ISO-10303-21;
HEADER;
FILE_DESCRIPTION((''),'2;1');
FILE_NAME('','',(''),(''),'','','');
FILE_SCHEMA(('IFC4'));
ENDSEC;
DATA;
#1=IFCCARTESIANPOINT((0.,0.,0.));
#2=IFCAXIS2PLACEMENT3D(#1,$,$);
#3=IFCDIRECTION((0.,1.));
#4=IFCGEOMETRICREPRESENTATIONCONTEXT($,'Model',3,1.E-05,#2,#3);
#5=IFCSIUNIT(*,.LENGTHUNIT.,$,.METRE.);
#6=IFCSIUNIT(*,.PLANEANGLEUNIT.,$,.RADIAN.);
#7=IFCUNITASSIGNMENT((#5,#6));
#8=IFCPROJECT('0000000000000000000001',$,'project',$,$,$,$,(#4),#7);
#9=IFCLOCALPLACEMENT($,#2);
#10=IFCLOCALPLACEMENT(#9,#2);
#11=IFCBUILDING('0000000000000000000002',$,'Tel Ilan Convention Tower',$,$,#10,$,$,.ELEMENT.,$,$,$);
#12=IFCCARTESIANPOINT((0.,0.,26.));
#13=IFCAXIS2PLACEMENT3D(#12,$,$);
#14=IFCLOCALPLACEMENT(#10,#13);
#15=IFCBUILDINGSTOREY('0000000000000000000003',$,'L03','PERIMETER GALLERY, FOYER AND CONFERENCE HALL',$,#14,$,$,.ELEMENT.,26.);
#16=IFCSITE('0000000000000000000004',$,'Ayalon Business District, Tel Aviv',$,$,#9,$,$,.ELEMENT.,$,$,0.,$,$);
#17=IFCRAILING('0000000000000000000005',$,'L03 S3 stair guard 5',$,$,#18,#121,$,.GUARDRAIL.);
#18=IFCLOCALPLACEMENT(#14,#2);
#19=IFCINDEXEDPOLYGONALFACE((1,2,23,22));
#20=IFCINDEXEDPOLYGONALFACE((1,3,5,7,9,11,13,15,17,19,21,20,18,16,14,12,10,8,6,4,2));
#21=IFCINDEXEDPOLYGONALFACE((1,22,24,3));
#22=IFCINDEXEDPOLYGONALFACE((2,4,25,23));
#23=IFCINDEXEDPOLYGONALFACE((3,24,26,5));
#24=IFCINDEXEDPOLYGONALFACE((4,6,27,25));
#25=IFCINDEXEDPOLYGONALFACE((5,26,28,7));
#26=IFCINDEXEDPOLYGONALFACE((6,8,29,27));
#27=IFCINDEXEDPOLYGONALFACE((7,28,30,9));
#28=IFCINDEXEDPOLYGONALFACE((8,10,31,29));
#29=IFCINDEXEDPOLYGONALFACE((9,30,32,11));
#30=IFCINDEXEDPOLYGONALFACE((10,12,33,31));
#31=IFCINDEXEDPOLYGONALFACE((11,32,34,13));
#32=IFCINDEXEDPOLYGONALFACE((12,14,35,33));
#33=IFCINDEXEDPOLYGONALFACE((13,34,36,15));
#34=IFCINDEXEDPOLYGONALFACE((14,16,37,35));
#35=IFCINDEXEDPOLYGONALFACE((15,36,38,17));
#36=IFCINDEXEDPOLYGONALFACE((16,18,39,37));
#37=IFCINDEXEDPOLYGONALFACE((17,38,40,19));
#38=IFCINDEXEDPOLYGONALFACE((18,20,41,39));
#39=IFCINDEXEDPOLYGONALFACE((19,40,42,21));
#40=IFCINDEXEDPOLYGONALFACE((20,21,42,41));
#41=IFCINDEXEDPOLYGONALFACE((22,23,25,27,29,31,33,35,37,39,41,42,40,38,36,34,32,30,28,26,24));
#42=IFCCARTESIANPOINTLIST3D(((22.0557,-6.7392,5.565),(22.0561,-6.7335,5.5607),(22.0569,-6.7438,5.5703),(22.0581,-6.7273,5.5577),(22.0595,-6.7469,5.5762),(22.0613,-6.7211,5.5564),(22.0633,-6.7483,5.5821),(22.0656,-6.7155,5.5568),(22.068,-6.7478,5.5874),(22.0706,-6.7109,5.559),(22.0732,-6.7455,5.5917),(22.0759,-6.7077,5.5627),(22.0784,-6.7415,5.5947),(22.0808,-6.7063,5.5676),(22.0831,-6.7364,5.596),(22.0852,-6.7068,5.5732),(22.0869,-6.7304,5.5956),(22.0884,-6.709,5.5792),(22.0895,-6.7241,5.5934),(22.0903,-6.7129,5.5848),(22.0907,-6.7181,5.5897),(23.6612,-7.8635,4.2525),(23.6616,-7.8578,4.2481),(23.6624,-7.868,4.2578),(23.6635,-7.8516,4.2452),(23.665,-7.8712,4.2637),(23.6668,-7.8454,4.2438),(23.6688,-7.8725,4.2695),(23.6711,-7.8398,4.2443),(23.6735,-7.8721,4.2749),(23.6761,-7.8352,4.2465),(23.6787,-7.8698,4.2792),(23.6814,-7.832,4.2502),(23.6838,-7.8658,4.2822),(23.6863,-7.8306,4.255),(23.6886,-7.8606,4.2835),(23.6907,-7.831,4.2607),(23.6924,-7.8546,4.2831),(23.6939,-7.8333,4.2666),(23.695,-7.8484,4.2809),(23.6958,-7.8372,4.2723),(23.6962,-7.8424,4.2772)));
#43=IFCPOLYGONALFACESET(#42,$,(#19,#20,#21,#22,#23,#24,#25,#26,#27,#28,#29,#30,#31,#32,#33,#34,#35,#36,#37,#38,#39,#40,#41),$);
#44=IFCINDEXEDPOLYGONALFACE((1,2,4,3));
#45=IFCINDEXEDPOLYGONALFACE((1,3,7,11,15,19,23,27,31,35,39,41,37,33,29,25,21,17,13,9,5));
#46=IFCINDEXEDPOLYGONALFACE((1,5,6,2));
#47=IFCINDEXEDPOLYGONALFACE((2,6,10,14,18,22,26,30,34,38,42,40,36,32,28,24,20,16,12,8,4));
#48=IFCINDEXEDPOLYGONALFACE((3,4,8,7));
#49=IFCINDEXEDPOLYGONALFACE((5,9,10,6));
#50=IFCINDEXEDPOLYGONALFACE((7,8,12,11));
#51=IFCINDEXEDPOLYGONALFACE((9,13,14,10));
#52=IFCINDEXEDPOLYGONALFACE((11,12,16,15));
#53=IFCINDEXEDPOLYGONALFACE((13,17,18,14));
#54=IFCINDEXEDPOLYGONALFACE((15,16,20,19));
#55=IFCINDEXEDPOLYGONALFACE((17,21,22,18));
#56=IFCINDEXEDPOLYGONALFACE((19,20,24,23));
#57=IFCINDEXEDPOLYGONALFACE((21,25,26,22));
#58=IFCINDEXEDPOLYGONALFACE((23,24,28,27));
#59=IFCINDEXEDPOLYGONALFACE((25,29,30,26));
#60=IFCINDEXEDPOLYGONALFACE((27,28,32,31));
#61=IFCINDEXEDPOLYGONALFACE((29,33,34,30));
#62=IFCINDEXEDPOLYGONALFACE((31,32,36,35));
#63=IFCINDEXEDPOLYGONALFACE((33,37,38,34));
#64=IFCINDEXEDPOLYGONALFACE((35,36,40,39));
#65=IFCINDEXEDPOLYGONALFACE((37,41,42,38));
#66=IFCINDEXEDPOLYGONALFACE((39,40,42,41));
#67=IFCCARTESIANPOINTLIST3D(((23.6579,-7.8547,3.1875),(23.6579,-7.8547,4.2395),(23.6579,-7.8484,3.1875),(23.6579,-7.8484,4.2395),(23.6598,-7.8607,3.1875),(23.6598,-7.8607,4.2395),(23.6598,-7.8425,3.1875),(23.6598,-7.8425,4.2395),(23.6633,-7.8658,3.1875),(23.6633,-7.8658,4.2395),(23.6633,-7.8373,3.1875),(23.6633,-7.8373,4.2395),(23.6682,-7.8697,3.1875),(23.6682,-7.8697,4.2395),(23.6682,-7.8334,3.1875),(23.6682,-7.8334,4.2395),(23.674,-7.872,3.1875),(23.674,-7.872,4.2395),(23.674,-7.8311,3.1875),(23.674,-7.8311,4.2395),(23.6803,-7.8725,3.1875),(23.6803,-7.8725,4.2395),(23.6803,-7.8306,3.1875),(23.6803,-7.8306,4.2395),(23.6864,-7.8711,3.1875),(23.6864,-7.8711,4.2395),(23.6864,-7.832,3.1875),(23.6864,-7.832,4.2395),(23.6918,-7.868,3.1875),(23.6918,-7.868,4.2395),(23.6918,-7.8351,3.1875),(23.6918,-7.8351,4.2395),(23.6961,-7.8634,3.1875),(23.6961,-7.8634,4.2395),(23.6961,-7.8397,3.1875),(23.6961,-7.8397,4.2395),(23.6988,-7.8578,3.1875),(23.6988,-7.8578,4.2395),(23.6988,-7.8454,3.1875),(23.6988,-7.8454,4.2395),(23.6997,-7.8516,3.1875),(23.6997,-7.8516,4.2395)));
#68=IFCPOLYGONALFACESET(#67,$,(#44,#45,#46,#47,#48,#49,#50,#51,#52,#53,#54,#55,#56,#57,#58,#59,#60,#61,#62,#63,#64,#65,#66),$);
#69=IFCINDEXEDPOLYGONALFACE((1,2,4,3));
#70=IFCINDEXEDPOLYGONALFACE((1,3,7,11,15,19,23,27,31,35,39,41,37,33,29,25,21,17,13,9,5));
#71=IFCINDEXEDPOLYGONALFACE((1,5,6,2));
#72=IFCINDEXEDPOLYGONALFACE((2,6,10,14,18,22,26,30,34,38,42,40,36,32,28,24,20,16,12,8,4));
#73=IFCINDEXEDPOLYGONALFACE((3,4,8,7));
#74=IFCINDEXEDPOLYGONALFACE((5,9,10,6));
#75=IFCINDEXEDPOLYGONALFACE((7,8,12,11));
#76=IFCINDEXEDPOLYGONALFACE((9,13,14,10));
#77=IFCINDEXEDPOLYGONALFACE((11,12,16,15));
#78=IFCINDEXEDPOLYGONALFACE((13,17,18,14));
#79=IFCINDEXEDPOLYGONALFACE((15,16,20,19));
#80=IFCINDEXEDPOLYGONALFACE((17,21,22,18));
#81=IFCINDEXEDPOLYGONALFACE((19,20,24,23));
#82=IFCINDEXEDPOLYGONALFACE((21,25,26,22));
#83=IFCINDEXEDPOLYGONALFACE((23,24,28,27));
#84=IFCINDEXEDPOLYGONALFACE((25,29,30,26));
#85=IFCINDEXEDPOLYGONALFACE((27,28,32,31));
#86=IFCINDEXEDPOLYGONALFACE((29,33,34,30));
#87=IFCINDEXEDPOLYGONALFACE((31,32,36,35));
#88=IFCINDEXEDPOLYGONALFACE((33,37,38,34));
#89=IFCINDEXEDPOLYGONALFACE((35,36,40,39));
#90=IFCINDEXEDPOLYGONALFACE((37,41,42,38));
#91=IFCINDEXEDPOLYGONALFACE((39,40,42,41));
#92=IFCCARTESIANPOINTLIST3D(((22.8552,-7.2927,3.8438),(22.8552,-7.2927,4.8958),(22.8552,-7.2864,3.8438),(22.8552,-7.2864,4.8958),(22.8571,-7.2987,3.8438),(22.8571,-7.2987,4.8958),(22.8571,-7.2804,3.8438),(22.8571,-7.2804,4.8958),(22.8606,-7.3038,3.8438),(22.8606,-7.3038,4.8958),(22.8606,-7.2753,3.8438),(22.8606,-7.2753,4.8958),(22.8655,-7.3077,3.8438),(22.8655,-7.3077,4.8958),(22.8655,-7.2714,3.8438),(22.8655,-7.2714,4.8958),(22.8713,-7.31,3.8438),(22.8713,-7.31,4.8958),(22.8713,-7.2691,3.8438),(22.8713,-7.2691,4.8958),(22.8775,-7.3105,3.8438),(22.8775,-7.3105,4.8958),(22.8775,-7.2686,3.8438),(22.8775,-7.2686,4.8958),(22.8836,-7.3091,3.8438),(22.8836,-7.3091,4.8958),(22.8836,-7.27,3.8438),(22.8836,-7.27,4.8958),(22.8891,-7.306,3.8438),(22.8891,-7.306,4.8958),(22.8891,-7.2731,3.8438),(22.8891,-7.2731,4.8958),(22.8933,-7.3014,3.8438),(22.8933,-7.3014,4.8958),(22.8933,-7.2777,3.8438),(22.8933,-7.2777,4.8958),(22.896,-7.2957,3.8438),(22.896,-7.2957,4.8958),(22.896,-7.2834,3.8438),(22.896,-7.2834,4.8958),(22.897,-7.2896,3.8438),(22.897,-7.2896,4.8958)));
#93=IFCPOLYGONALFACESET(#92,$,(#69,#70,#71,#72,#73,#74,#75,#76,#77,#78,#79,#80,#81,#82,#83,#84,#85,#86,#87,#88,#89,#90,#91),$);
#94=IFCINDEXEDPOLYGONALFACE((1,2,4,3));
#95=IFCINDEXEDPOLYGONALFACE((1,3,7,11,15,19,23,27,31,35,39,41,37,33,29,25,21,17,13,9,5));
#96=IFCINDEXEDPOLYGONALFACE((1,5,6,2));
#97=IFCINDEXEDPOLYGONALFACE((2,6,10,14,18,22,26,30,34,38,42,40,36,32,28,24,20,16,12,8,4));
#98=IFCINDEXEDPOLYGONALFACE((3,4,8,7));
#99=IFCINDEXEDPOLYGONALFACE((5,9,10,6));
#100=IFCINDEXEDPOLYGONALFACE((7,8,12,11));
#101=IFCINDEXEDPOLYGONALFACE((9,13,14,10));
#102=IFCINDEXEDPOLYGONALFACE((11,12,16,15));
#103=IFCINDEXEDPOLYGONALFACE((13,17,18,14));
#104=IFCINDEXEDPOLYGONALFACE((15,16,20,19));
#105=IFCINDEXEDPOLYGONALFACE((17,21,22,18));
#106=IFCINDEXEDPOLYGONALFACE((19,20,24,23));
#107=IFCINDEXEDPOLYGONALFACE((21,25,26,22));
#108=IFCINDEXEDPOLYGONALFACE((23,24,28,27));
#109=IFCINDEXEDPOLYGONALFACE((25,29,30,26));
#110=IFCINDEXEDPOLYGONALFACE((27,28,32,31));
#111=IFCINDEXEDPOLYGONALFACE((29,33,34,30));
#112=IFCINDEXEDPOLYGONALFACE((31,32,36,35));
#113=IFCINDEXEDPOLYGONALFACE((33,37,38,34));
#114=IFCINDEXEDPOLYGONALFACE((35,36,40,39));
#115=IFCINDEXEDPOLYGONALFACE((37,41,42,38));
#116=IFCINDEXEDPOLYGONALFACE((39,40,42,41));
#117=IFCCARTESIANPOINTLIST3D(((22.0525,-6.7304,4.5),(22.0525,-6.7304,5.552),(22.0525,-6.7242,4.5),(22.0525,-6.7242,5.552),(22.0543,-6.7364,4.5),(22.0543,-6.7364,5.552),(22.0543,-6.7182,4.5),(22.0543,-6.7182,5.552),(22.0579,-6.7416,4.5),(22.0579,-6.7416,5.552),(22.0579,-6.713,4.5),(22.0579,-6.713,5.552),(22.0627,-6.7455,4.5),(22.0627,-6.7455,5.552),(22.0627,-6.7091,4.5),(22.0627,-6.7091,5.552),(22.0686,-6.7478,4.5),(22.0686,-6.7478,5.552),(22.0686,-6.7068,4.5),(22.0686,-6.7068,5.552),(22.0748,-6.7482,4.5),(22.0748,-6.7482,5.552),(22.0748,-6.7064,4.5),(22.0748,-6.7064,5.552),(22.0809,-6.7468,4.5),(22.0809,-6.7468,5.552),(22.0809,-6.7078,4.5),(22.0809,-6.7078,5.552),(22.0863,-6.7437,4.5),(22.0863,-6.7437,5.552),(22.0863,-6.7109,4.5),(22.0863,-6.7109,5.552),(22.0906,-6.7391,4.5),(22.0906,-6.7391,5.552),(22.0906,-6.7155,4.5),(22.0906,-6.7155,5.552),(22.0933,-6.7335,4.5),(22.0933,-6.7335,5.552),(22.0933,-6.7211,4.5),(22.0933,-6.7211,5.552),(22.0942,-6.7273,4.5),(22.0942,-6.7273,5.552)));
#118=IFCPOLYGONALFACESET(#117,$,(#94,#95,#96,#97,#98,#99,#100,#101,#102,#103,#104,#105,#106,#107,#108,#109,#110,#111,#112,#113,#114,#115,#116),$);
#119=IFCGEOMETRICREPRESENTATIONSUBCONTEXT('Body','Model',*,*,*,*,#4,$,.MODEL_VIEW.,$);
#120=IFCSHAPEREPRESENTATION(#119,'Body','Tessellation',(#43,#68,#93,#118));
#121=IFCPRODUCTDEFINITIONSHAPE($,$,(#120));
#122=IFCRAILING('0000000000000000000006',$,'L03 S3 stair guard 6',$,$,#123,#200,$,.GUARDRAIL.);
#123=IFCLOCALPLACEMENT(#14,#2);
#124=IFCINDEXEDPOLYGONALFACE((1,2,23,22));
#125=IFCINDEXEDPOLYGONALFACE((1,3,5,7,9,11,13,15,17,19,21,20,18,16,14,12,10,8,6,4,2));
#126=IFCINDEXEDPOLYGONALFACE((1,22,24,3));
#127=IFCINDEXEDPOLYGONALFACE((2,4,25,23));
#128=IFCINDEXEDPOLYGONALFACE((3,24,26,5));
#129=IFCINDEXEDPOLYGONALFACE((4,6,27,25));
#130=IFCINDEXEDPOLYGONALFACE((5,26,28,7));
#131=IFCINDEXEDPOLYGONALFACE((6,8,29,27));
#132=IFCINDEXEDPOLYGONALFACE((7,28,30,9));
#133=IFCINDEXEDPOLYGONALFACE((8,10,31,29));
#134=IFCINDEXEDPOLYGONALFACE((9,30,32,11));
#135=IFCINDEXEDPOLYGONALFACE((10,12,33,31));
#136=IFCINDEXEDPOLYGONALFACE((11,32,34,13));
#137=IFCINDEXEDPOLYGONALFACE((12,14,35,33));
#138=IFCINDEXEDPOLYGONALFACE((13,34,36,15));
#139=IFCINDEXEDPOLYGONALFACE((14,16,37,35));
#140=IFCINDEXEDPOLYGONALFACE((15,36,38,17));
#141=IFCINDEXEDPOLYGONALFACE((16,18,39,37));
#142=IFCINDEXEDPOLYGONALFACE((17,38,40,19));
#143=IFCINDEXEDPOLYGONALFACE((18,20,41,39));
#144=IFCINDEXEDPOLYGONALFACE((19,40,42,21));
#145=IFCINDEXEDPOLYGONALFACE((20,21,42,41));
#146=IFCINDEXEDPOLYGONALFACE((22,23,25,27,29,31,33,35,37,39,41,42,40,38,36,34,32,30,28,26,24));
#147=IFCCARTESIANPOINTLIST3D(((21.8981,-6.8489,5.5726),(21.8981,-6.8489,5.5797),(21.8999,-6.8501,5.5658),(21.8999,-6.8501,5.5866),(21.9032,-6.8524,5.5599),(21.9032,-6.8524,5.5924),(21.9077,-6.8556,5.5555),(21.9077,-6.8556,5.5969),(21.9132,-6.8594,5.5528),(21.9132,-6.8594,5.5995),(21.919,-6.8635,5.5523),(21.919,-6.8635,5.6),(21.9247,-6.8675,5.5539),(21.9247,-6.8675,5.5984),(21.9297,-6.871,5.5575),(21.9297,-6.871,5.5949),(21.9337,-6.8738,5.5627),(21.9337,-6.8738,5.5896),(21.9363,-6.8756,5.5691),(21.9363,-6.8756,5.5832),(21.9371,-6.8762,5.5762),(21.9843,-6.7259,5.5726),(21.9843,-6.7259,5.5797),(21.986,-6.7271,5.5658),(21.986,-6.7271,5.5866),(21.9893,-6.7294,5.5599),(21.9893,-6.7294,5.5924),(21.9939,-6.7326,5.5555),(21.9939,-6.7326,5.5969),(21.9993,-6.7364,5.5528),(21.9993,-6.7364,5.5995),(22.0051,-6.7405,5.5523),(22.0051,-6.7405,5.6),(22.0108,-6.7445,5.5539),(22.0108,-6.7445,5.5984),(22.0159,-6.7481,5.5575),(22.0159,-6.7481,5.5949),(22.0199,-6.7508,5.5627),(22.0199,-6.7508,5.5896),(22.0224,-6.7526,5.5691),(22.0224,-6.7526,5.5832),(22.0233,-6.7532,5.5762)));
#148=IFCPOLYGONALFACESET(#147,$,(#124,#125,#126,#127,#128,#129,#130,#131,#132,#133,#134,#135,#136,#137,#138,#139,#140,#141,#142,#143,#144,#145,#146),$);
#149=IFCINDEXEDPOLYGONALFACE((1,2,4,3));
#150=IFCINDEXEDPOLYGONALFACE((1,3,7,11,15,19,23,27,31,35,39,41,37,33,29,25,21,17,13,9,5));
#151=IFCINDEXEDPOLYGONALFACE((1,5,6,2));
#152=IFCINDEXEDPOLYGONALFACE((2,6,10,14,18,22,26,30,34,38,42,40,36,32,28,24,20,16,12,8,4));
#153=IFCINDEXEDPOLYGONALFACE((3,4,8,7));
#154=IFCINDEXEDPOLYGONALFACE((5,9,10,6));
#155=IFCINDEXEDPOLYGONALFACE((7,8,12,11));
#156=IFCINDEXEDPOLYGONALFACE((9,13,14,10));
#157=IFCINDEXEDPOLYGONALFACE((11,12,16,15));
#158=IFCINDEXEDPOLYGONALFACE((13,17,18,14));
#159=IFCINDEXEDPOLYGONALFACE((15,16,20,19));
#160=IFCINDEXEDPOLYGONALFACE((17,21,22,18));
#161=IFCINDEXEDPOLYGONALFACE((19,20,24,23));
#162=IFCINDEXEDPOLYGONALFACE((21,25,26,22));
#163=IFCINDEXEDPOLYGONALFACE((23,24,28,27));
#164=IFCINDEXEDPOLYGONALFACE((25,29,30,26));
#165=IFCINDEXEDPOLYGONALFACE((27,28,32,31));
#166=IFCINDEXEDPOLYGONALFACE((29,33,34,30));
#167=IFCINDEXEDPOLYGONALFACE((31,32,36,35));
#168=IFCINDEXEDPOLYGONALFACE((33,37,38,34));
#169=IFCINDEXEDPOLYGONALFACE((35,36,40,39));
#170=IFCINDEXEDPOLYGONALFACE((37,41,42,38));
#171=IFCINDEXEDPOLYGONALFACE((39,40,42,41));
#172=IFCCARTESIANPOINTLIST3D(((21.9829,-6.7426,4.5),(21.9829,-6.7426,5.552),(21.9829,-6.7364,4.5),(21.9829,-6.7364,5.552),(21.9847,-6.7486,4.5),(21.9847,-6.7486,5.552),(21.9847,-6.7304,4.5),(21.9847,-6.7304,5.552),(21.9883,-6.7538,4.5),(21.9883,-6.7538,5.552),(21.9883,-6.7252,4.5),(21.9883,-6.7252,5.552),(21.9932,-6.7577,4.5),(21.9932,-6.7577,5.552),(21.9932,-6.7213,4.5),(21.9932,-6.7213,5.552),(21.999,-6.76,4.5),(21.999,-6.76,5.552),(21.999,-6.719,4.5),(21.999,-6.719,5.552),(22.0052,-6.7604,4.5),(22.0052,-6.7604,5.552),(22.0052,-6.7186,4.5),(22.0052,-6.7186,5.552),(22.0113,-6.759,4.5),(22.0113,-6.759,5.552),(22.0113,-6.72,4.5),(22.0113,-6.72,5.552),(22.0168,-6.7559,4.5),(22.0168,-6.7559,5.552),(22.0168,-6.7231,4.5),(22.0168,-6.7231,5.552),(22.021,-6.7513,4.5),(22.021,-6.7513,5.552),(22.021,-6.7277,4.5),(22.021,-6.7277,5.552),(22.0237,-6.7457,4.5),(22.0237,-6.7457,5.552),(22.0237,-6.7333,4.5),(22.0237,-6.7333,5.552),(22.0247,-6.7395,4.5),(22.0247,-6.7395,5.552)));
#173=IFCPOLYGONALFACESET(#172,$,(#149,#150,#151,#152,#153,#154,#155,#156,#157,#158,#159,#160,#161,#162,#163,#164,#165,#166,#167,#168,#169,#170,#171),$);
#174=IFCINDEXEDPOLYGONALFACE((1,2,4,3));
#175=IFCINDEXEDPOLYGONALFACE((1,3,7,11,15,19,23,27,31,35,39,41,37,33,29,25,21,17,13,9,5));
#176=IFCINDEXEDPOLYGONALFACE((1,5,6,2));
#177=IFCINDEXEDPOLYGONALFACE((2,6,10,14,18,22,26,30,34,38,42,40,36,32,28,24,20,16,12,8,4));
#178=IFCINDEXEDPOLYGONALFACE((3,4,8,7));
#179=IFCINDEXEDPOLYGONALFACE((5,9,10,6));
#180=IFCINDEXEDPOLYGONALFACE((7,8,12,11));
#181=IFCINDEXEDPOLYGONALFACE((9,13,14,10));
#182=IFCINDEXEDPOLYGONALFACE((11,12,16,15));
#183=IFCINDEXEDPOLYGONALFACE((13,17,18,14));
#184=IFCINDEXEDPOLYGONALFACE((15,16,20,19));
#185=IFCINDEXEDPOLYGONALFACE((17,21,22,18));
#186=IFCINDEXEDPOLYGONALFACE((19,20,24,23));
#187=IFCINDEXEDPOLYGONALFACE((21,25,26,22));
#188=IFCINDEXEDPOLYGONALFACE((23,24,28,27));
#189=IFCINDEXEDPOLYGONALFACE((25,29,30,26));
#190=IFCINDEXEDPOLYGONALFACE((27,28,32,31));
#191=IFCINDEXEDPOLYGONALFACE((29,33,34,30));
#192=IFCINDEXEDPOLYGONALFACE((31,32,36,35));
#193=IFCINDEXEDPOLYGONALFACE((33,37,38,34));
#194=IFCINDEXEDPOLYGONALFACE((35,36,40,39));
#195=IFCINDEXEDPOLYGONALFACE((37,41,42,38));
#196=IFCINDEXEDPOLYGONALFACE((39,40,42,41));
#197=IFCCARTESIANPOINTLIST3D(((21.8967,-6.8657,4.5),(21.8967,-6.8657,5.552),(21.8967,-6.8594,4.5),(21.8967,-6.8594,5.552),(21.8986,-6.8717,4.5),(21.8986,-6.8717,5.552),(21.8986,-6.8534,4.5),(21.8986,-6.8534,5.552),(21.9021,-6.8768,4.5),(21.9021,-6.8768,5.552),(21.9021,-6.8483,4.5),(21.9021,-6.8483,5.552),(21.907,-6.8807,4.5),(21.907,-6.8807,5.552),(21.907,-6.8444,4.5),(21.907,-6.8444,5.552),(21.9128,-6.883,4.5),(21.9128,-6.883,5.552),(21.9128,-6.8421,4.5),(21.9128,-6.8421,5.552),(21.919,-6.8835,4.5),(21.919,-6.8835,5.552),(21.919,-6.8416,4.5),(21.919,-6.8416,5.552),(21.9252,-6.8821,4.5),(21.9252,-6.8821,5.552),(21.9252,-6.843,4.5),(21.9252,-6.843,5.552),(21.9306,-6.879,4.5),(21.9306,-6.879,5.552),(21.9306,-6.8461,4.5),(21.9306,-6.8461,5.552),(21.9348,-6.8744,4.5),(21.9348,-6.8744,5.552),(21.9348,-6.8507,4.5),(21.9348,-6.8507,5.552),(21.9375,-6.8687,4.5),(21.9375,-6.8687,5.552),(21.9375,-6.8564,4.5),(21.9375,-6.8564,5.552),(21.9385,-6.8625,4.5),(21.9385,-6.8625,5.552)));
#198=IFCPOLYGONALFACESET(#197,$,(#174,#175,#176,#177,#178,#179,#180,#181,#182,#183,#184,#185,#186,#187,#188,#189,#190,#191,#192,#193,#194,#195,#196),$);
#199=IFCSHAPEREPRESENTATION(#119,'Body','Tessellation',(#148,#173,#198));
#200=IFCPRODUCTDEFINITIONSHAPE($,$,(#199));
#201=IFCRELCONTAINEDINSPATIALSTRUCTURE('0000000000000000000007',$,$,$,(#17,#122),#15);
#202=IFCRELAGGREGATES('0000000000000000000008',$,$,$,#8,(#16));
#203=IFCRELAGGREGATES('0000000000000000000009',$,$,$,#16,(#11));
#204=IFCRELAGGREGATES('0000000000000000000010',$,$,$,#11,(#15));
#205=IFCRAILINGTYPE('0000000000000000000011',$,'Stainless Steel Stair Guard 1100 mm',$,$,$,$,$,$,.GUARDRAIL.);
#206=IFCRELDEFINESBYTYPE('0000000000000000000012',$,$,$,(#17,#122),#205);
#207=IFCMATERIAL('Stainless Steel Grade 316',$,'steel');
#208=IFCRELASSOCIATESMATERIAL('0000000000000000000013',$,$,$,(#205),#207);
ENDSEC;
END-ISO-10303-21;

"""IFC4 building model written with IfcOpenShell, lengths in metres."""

from ifc_helpers import new_model, si_unit, direction, frame, origin, origin_2d, place, context, subcontext, project, spatial, circle, extrude, material, type_object, element, save


model = new_model("IFC4")

# Units and contexts
model_context = context("Model", 3, precision=1e-05, world=origin(), true_north=direction((0.0, 1.0)))
body_context = subcontext(model_context, "Body", "Model", "MODEL_VIEW")
ifc_project = project(units=[si_unit("LENGTHUNIT", "METRE"), si_unit("PLANEANGLEUNIT", "RADIAN")], contexts=[model_context])

# Site, building, storey
site_placement = place(None, origin())
site = spatial("IfcSite", under=ifc_project, at=site_placement, Name="Ayalon Business District, Tel Aviv", CompositionType="ELEMENT", RefElevation=0.0)
building_placement = place(site_placement, origin())
building = spatial("IfcBuilding", under=site, at=building_placement, Name="Tel Ilan Convention Tower", CompositionType="ELEMENT")
storey_placement = place(building_placement, frame((0.0, 0.0, 26.0)))
storey = spatial("IfcBuildingStorey", under=building, at=storey_placement, Name="L03", Description="PERIMETER GALLERY, FOYER AND CONFERENCE HALL", CompositionType="ELEMENT", Elevation=26.0)

# Railings
ifc_material_1 = material(Name="Stainless Steel Grade 316", Category="steel")
railing_type_1 = type_object("IfcRailingType", Name="Stainless Steel Stair Guard 1100 mm", PredefinedType="GUARDRAIL", material=ifc_material_1)
railing_1_placement = place(storey_placement, frame((23.6787, -7.8516, 3.1875)))
element("IfcRailing", 1, at=railing_1_placement, inside=storey, type_object=railing_type_1, Name="L03 S3 stair guard 5", PredefinedType="GUARDRAIL", context=body_context, shape_type="SweptSolid", body=[
    extrude(circle(Radius=0.0239, at=origin_2d()), frame((0.0, 0.0, 1.0762), z_axis=(-0.680616, 0.476617, 0.556416), x_axis=(-0.573613, -0.819127, 0.0)), (0.0, 0.0, 1.0), 2.3589),
    extrude(circle(Radius=0.021, at=origin_2d()), origin(), (0.0, 0.0, 1.0), 1.052),
    extrude(circle(Radius=0.021, at=origin_2d()), frame((-0.8027, 0.562, 0.6562)), (0.0, 0.0, 1.0), 1.052),
    extrude(circle(Radius=0.021, at=origin_2d()), frame((-1.6055, 1.1243, 1.3125)), (0.0, 0.0, 1.0), 1.052),
])
railing_2_placement = place(storey_placement, frame((22.0037, -6.7395, 4.5)))
element("IfcRailing", 2, at=railing_2_placement, inside=storey, type_object=railing_type_1, Name="L03 S3 stair guard 6", PredefinedType="GUARDRAIL", context=body_context, shape_type="SweptSolid", body=[
    extrude(circle(Radius=0.0239, at=origin_2d()), frame((0.0, 0.0, 1.0762), z_axis=(-0.57368, -0.819079, 0.0), x_axis=(0.819079, -0.57368, 0.0)), (0.0, 0.0, 1.0), 0.1501),
    extrude(circle(Radius=0.021, at=origin_2d()), origin(), (0.0, 0.0, 1.0), 1.052),
    extrude(circle(Radius=0.021, at=origin_2d()), frame((-0.0862, -0.123, 0.0)), (0.0, 0.0, 1.0), 1.052),
])

save(model, "model.ifc")
